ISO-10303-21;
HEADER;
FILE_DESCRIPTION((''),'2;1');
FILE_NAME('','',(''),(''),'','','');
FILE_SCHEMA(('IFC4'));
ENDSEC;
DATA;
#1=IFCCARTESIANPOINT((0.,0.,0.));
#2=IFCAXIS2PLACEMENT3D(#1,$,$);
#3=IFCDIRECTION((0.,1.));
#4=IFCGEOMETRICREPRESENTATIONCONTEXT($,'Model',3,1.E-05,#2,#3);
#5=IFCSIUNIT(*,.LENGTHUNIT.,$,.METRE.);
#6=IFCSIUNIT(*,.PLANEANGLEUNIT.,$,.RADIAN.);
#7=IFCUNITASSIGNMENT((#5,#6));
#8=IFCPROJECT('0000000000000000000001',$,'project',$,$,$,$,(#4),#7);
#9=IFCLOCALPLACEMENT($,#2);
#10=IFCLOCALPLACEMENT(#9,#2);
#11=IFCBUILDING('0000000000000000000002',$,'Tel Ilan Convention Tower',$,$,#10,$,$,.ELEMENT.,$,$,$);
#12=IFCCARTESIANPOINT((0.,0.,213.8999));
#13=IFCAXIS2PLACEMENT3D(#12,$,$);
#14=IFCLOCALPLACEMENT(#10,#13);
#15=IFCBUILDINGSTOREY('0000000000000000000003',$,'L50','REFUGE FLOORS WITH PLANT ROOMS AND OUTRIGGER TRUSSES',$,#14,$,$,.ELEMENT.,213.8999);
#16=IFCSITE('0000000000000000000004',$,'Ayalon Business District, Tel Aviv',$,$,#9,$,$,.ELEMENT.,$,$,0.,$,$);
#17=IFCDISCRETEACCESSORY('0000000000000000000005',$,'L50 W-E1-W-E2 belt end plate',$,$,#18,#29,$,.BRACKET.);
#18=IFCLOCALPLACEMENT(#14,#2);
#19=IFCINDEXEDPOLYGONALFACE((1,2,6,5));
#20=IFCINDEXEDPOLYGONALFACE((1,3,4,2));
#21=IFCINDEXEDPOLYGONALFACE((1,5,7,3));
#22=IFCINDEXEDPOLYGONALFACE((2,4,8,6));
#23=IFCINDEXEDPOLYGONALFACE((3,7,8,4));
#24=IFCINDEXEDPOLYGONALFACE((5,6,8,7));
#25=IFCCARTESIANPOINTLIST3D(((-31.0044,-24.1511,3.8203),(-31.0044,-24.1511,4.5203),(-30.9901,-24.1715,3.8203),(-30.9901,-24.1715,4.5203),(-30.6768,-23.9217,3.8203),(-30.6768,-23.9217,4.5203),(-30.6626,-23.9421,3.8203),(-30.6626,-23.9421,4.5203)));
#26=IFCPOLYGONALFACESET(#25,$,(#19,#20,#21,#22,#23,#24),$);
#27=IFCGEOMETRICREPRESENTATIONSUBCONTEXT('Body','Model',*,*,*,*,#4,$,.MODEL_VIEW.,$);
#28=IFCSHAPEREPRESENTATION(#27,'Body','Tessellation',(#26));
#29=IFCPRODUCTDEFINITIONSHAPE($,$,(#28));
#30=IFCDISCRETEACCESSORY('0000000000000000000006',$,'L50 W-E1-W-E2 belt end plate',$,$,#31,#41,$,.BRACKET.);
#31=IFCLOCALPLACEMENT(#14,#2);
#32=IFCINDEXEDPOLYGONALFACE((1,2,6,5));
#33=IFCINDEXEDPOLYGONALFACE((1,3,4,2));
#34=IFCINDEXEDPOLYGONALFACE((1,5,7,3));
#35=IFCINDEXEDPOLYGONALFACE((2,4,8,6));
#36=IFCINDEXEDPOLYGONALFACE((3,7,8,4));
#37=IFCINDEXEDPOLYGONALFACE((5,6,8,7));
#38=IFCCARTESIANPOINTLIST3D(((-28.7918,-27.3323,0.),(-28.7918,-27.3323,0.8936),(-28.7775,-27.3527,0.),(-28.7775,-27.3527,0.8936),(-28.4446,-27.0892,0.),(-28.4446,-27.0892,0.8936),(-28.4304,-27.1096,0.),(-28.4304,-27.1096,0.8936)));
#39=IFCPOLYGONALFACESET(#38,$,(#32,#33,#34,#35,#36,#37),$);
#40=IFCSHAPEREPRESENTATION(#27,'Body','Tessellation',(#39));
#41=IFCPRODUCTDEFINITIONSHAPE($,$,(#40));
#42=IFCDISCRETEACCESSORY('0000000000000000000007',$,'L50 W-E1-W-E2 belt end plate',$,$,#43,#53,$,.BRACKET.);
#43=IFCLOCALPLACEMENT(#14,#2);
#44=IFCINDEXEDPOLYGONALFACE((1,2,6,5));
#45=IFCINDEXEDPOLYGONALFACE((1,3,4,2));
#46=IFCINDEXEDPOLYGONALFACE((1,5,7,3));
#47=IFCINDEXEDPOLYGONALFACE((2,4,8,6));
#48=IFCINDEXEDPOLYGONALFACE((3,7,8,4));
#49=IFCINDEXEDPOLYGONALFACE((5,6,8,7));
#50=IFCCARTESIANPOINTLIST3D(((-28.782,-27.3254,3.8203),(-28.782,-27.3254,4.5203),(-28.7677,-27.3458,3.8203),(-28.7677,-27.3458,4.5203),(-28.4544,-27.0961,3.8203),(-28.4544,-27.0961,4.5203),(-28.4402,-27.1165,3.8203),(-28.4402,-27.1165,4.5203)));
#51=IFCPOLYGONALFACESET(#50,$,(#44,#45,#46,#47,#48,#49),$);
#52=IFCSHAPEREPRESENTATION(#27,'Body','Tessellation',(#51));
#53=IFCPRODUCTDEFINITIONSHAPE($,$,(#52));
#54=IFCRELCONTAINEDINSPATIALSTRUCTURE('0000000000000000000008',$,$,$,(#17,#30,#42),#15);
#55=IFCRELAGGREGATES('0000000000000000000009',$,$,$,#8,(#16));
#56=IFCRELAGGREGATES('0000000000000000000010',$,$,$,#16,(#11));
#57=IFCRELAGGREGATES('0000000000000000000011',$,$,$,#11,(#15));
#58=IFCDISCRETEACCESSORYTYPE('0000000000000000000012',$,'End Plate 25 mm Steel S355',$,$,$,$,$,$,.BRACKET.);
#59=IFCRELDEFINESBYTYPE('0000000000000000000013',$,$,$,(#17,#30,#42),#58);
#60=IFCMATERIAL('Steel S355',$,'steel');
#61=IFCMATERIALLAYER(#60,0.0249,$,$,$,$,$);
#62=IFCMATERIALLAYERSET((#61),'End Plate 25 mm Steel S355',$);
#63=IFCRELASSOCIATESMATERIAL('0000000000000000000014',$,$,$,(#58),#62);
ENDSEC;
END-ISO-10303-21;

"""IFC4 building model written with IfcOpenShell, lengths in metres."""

from ifc_helpers import new_model, si_unit, direction, frame, origin, origin_2d, place, context, subcontext, project, spatial, rectangle, extrude, material, layer, layer_set, type_object, element, save


model = new_model("IFC4")

# Units and contexts
model_context = context("Model", 3, precision=1e-05, world=origin(), true_north=direction((0.0, 1.0)))
body_context = subcontext(model_context, "Body", "Model", "MODEL_VIEW")
ifc_project = project(units=[si_unit("LENGTHUNIT", "METRE"), si_unit("PLANEANGLEUNIT", "RADIAN")], contexts=[model_context])

# Site, building, storey
site_placement = place(None, origin())
site = spatial("IfcSite", under=ifc_project, at=site_placement, Name="Ayalon Business District, Tel Aviv", CompositionType="ELEMENT", RefElevation=0.0)
building_placement = place(site_placement, origin())
building = spatial("IfcBuilding", under=site, at=building_placement, Name="Tel Ilan Convention Tower", CompositionType="ELEMENT")
storey_placement = place(building_placement, frame((0.0, 0.0, 213.8999)))
storey = spatial("IfcBuildingStorey", under=building, at=storey_placement, Name="L50", Description="REFUGE FLOORS WITH PLANT ROOMS AND OUTRIGGER TRUSSES", CompositionType="ELEMENT", Elevation=213.8999)

# Discrete accessories
ifc_material_1 = material(Name="Steel S355", Category="steel")
ifc_layer_1 = layer(ifc_material_1, 0.0249)
ifc_layer_set_1 = layer_set([ifc_layer_1], Name="End Plate 25 mm Steel S355")
discrete_accessory_type_1 = type_object("IfcDiscreteAccessoryType", Name="End Plate 25 mm Steel S355", PredefinedType="BRACKET", material=ifc_layer_set_1)
discrete_accessory_1_placement = place(storey_placement, frame((-30.8335, -24.0466, 3.8203), z_axis=(0.0, 0.0, 1.0), x_axis=(-0.573576, 0.819152, 0.0)))
element("IfcDiscreteAccessory", 1, at=discrete_accessory_1_placement, inside=storey, type_object=discrete_accessory_type_1, Name="L50 W-E1-W-E2 belt end plate", PredefinedType="BRACKET", context=body_context, shape_type="SweptSolid", body=[
    extrude(rectangle(XDim=0.0249, YDim=0.3999, at=origin_2d()), origin(), (0.0, 0.0, 1.0), 0.7),
])
discrete_accessory_2_placement = place(storey_placement, frame((-28.6111, -27.2209, 0.0), z_axis=(0.0, 0.0, 1.0), x_axis=(0.573576, -0.819152, 0.0)))
element("IfcDiscreteAccessory", 2, at=discrete_accessory_2_placement, inside=storey, type_object=discrete_accessory_type_1, Name="L50 W-E1-W-E2 belt end plate", PredefinedType="BRACKET", context=body_context, shape_type="SweptSolid", body=[
    extrude(rectangle(XDim=0.0249, YDim=0.4238, at=origin_2d()), origin(), (0.0, 0.0, 1.0), 0.8936),
])
discrete_accessory_3_placement = place(storey_placement, frame((-28.6111, -27.2209, 3.8203), z_axis=(0.0, 0.0, 1.0), x_axis=(0.573576, -0.819152, 0.0)))
element("IfcDiscreteAccessory", 3, at=discrete_accessory_3_placement, inside=storey, type_object=discrete_accessory_type_1, Name="L50 W-E1-W-E2 belt end plate", PredefinedType="BRACKET", context=body_context, shape_type="SweptSolid", body=[
    extrude(rectangle(XDim=0.0249, YDim=0.3999, at=origin_2d()), origin(), (0.0, 0.0, 1.0), 0.7),
])

save(model, "model.ifc")
